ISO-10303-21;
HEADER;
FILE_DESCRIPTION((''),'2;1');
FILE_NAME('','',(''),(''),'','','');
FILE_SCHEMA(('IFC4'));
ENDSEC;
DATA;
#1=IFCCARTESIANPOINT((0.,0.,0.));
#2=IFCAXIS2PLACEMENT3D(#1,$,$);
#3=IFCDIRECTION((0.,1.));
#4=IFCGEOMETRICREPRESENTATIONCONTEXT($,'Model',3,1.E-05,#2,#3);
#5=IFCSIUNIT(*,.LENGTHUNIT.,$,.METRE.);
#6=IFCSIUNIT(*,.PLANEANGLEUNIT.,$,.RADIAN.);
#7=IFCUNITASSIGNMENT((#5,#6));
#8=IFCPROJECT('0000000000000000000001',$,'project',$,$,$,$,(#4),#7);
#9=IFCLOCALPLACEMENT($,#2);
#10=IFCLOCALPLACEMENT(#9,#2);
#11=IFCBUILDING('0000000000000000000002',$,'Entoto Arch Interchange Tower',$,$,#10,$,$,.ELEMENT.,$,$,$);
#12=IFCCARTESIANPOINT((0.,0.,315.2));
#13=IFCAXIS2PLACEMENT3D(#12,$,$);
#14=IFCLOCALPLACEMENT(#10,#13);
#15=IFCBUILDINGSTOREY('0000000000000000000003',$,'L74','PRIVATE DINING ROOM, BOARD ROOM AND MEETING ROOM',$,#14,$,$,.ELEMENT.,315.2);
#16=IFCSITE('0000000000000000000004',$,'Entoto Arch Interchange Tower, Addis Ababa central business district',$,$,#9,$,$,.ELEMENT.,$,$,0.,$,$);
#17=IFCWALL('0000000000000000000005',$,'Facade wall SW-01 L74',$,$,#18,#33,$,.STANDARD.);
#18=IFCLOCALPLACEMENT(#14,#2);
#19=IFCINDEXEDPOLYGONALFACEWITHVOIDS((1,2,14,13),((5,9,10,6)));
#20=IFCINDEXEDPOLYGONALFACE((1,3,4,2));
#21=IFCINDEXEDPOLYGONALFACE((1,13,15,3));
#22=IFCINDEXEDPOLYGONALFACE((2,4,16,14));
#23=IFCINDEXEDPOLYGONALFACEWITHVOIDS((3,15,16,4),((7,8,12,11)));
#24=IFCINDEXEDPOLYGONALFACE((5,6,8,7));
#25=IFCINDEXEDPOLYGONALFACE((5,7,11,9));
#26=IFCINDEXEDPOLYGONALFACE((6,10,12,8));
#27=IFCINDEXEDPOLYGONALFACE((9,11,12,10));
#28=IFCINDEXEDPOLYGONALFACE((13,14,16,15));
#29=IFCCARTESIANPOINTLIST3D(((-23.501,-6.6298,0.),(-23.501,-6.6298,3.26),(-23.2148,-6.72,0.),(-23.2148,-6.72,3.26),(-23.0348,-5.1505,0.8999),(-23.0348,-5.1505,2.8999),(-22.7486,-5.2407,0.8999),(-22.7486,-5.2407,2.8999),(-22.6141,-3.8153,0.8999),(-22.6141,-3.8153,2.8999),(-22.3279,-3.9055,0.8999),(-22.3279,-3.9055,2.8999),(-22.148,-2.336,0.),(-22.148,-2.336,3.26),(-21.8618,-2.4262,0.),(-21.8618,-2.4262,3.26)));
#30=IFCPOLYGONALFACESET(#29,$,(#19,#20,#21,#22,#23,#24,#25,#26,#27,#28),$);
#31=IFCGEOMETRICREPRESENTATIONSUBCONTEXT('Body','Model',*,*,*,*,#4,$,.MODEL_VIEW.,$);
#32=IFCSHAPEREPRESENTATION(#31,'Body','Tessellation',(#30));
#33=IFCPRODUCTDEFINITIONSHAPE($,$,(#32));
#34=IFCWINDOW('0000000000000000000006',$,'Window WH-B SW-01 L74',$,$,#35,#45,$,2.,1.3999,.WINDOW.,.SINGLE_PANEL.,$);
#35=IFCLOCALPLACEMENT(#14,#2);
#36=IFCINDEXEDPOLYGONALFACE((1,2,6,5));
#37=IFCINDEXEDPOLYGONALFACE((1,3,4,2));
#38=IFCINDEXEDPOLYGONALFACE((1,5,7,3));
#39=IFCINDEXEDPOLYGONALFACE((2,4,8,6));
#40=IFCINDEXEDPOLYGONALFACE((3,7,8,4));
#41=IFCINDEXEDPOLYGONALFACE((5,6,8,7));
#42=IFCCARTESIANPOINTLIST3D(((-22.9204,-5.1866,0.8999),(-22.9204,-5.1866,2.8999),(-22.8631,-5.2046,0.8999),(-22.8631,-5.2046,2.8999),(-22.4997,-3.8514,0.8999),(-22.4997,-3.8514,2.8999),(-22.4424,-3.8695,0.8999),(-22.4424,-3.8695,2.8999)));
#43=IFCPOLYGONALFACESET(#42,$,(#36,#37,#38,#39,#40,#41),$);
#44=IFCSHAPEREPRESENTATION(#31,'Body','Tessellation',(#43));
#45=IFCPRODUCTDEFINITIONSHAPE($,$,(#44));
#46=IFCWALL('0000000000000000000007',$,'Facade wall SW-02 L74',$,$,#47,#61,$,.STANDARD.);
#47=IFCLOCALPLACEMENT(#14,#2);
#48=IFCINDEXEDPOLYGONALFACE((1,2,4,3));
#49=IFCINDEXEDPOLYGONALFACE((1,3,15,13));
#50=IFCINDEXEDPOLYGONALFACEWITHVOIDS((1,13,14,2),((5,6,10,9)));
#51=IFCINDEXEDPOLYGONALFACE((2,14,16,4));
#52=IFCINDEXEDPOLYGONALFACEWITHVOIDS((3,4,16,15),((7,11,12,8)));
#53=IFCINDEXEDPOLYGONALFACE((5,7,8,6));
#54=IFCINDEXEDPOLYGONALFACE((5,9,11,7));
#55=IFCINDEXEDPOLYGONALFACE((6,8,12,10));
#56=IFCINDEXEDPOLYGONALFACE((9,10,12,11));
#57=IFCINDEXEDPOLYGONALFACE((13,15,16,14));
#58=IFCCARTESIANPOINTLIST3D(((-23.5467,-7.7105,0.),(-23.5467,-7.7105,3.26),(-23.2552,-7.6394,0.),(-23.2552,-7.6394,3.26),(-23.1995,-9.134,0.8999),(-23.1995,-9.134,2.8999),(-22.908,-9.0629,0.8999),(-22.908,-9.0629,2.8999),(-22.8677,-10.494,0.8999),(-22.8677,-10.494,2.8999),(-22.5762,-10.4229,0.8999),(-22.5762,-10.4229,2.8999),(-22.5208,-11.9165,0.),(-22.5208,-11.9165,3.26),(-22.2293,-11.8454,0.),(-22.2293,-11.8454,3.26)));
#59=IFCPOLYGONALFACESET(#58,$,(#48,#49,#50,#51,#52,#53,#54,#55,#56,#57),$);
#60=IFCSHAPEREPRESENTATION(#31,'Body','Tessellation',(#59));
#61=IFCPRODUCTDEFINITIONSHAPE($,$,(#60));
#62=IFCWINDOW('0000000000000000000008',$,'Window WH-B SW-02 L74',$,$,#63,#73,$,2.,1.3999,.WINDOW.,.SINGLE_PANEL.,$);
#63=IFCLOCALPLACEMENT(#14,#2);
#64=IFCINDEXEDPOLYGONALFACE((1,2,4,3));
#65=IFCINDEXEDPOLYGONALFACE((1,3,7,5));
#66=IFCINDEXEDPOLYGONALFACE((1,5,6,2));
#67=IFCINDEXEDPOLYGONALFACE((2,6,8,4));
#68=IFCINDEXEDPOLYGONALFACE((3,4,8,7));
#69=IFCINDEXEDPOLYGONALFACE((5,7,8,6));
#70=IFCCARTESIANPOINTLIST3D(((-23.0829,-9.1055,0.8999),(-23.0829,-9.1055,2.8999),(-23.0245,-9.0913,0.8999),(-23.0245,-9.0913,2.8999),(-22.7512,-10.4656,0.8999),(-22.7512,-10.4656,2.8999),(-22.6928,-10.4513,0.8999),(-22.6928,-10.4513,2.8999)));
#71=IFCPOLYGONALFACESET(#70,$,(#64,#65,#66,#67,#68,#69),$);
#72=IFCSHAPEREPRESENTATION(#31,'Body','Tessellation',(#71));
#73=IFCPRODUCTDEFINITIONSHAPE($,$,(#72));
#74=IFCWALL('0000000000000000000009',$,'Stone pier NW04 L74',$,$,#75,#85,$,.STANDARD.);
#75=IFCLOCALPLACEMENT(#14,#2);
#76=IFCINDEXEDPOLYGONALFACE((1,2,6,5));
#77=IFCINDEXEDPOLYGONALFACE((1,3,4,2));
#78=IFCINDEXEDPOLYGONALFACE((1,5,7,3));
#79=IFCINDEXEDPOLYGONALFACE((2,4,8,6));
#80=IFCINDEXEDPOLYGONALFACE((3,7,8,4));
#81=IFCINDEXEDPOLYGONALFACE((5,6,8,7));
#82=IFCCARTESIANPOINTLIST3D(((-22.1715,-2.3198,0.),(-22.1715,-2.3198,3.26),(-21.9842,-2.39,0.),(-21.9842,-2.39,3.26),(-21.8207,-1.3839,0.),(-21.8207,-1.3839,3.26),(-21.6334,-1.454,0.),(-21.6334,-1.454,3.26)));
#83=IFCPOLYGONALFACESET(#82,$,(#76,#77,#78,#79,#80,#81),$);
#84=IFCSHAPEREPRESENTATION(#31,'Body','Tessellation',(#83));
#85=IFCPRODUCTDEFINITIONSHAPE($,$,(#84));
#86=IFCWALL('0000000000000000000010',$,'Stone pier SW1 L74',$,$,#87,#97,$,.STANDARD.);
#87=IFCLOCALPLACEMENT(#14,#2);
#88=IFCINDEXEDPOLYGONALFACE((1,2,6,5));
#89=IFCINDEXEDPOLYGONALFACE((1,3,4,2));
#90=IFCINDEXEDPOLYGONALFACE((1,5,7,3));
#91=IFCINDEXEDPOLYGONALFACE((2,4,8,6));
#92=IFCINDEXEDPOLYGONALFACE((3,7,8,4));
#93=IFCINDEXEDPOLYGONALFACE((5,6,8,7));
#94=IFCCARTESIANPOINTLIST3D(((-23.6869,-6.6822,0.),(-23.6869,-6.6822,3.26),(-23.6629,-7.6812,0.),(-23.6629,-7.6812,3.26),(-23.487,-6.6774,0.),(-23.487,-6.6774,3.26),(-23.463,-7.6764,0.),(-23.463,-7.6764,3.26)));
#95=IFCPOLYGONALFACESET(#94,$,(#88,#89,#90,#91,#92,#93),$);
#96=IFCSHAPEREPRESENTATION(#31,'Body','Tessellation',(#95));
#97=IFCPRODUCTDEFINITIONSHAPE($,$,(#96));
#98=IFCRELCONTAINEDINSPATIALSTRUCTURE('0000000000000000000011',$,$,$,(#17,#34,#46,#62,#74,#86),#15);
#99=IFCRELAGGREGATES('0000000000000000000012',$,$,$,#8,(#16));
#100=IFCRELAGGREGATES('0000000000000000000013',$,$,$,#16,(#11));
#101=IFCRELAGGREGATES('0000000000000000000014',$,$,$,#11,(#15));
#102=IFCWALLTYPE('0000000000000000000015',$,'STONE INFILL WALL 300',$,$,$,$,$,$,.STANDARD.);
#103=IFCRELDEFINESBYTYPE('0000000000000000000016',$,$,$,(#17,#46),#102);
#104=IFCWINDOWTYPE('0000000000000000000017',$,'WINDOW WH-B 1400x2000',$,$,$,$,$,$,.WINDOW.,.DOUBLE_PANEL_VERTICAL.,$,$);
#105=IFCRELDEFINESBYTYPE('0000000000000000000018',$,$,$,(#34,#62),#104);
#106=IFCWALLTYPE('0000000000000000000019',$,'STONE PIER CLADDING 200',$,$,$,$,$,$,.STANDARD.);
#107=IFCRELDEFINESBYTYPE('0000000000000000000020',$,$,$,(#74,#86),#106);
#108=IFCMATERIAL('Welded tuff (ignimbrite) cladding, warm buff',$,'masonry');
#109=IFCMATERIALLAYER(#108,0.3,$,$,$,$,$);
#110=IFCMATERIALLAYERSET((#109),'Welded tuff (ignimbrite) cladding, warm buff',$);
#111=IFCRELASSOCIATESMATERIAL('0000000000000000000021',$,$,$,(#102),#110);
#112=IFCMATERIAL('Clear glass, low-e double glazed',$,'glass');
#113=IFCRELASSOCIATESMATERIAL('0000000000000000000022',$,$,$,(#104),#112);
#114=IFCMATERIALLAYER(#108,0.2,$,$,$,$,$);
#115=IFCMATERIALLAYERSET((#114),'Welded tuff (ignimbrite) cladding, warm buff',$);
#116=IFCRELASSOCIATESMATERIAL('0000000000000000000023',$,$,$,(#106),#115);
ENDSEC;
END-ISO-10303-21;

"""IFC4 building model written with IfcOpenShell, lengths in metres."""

from ifc_helpers import new_model, si_unit, direction, frame, frame_2d, origin, place, context, subcontext, project, spatial, rectangle, extrude, material, layer, layer_set, type_object, element, fill, save


model = new_model("IFC4")

# Units and contexts
model_context = context("Model", 3, precision=1e-05, world=origin(), true_north=direction((0.0, 1.0)))
body_context = subcontext(model_context, "Body", "Model", "MODEL_VIEW")
ifc_project = project(units=[si_unit("LENGTHUNIT", "METRE"), si_unit("PLANEANGLEUNIT", "RADIAN")], contexts=[model_context])

# Site, building, storey
site_placement = place(None, origin())
site = spatial("IfcSite", under=ifc_project, at=site_placement, Name="Entoto Arch Interchange Tower, Addis Ababa central business district", CompositionType="ELEMENT", RefElevation=0.0)
building_placement = place(site_placement, origin())
building = spatial("IfcBuilding", under=site, at=building_placement, Name="Entoto Arch Interchange Tower", CompositionType="ELEMENT")
storey_placement = place(building_placement, frame((0.0, 0.0, 315.2)))
storey = spatial("IfcBuildingStorey", under=building, at=storey_placement, Name="L74", Description="PRIVATE DINING ROOM, BOARD ROOM AND MEETING ROOM", CompositionType="ELEMENT", Elevation=315.2)

# Walls, openings, windows
ifc_material_1 = material(Name="Welded tuff (ignimbrite) cladding, warm buff", Category="masonry")
ifc_layer_1 = layer(ifc_material_1, 0.3)
ifc_layer_set_1 = layer_set([ifc_layer_1], Name="Welded tuff (ignimbrite) cladding, warm buff")
wall_type_1 = type_object("IfcWallType", Name="STONE INFILL WALL 300", PredefinedType="STANDARD", material=ifc_layer_set_1)
wall_1_placement = place(storey_placement, frame((-22.0049, -2.3811, 0.0), z_axis=(0.0, 0.0, 1.0), x_axis=(-0.300534, -0.953771, 0.0)))
wall_1 = element("IfcWall", 1, at=wall_1_placement, inside=storey, type_object=wall_type_1, Name="Facade wall SW-01 L74", PredefinedType="STANDARD", context=body_context, shape_type="SweptSolid", body=[
    extrude(rectangle(XDim=4.502, YDim=0.3, at=frame_2d((2.251, 0.0))), origin(), (0.0, 0.0, 1.0), 3.26),
])
opening_1_placement = place(wall_1_placement, frame((1.551, 0.0, 0.8999)))
opening_1 = element("IfcOpeningElement", 2, at=opening_1_placement, cuts=wall_1, PredefinedType="OPENING", context=body_context, shape_type="SweptSolid", body=[
    extrude(rectangle(XDim=1.3999, YDim=2.0, at=frame_2d((0.7, 1.0))), frame((0.0, 0.1602, 0.0), z_axis=(0.0, -1.0, 0.0), x_axis=(1.0, 0.0, 0.0)), (0.0, 0.0, 1.0), 0.3201),
])
ifc_material_2 = material(Name="Clear glass, low-e double glazed", Category="glass")
window_type = type_object("IfcWindowType", Name="WINDOW WH-B 1400x2000", PartitioningType="DOUBLE_PANEL_VERTICAL", PredefinedType="WINDOW", material=ifc_material_2)
window_1_placement = place(opening_1_placement, origin())
window_1 = element("IfcWindow", 3, at=window_1_placement, inside=storey, type_object=window_type, Name="Window WH-B SW-01 L74", OverallHeight=2.0, OverallWidth=1.3999, PartitioningType="SINGLE_PANEL", PredefinedType="WINDOW", context=body_context, shape_type="SweptSolid", body=[
    extrude(rectangle(XDim=1.3999, YDim=2.0, at=frame_2d((0.7, 1.0))), frame((0.0, 0.03, 0.0), z_axis=(0.0, -1.0, 0.0), x_axis=(1.0, 0.0, 0.0)), (0.0, 0.0, 1.0), 0.0601),
])
fill(opening_1, window_1)
wall_2_placement = place(storey_placement, frame((-23.4009, -7.675, 0.0), z_axis=(0.0, 0.0, 1.0), x_axis=(0.236959, -0.97152, 0.0)))
wall_2 = element("IfcWall", 4, at=wall_2_placement, inside=storey, type_object=wall_type_1, Name="Facade wall SW-02 L74", PredefinedType="STANDARD", context=body_context, shape_type="SweptSolid", body=[
    extrude(rectangle(XDim=4.3293, YDim=0.3, at=frame_2d((2.1646, 0.0))), origin(), (0.0, 0.0, 1.0), 3.26),
])
opening_2_placement = place(wall_2_placement, frame((1.4651, 0.0, 0.8999)))
opening_2 = element("IfcOpeningElement", 5, at=opening_2_placement, cuts=wall_2, PredefinedType="OPENING", context=body_context, shape_type="SweptSolid", body=[
    extrude(rectangle(XDim=1.3999, YDim=2.0, at=frame_2d((0.7, 1.0))), frame((0.0, 0.1602, 0.0), z_axis=(0.0, -1.0, 0.0), x_axis=(1.0, 0.0, 0.0)), (0.0, 0.0, 1.0), 0.3201),
])
window_2_placement = place(opening_2_placement, origin())
window_2 = element("IfcWindow", 6, at=window_2_placement, inside=storey, type_object=window_type, Name="Window WH-B SW-02 L74", OverallHeight=2.0, OverallWidth=1.3999, PartitioningType="SINGLE_PANEL", PredefinedType="WINDOW", context=body_context, shape_type="SweptSolid", body=[
    extrude(rectangle(XDim=1.3999, YDim=2.0, at=frame_2d((0.7, 1.0))), frame((0.0, 0.03, 0.0), z_axis=(0.0, -1.0, 0.0), x_axis=(1.0, 0.0, 0.0)), (0.0, 0.0, 1.0), 0.0601),
])
fill(opening_2, window_2)

# Walls
ifc_layer_2 = layer(ifc_material_1, 0.2)
ifc_layer_set_2 = layer_set([ifc_layer_2], Name="Welded tuff (ignimbrite) cladding, warm buff")
wall_type_2 = type_object("IfcWallType", Name="STONE PIER CLADDING 200", PredefinedType="STANDARD", material=ifc_layer_set_2)
wall_3_placement = place(storey_placement, frame((-21.7271, -1.4189, 0.0), z_axis=(0.0, 0.0, 1.0), x_axis=(-0.350963, -0.936389, 0.0)))
element("IfcWall", 7, at=wall_3_placement, inside=storey, type_object=wall_type_2, Name="Stone pier NW04 L74", PredefinedType="STANDARD", context=body_context, shape_type="SweptSolid", body=[
    extrude(rectangle(XDim=0.9995, YDim=0.2, at=frame_2d((0.4998, 0.0))), origin(), (0.0, 0.0, 1.0), 3.26),
])
wall_4_placement = place(storey_placement, frame((-23.5869, -6.6799, 0.0), z_axis=(0.0, 0.0, 1.0), x_axis=(0.023942, -0.999713, 0.0)))
element("IfcWall", 8, at=wall_4_placement, inside=storey, type_object=wall_type_2, Name="Stone pier SW1 L74", PredefinedType="STANDARD", context=body_context, shape_type="SweptSolid", body=[
    extrude(rectangle(XDim=0.9993, YDim=0.2, at=frame_2d((0.4995, 0.0))), origin(), (0.0, 0.0, 1.0), 3.26),
])

save(model, "model.ifc")
